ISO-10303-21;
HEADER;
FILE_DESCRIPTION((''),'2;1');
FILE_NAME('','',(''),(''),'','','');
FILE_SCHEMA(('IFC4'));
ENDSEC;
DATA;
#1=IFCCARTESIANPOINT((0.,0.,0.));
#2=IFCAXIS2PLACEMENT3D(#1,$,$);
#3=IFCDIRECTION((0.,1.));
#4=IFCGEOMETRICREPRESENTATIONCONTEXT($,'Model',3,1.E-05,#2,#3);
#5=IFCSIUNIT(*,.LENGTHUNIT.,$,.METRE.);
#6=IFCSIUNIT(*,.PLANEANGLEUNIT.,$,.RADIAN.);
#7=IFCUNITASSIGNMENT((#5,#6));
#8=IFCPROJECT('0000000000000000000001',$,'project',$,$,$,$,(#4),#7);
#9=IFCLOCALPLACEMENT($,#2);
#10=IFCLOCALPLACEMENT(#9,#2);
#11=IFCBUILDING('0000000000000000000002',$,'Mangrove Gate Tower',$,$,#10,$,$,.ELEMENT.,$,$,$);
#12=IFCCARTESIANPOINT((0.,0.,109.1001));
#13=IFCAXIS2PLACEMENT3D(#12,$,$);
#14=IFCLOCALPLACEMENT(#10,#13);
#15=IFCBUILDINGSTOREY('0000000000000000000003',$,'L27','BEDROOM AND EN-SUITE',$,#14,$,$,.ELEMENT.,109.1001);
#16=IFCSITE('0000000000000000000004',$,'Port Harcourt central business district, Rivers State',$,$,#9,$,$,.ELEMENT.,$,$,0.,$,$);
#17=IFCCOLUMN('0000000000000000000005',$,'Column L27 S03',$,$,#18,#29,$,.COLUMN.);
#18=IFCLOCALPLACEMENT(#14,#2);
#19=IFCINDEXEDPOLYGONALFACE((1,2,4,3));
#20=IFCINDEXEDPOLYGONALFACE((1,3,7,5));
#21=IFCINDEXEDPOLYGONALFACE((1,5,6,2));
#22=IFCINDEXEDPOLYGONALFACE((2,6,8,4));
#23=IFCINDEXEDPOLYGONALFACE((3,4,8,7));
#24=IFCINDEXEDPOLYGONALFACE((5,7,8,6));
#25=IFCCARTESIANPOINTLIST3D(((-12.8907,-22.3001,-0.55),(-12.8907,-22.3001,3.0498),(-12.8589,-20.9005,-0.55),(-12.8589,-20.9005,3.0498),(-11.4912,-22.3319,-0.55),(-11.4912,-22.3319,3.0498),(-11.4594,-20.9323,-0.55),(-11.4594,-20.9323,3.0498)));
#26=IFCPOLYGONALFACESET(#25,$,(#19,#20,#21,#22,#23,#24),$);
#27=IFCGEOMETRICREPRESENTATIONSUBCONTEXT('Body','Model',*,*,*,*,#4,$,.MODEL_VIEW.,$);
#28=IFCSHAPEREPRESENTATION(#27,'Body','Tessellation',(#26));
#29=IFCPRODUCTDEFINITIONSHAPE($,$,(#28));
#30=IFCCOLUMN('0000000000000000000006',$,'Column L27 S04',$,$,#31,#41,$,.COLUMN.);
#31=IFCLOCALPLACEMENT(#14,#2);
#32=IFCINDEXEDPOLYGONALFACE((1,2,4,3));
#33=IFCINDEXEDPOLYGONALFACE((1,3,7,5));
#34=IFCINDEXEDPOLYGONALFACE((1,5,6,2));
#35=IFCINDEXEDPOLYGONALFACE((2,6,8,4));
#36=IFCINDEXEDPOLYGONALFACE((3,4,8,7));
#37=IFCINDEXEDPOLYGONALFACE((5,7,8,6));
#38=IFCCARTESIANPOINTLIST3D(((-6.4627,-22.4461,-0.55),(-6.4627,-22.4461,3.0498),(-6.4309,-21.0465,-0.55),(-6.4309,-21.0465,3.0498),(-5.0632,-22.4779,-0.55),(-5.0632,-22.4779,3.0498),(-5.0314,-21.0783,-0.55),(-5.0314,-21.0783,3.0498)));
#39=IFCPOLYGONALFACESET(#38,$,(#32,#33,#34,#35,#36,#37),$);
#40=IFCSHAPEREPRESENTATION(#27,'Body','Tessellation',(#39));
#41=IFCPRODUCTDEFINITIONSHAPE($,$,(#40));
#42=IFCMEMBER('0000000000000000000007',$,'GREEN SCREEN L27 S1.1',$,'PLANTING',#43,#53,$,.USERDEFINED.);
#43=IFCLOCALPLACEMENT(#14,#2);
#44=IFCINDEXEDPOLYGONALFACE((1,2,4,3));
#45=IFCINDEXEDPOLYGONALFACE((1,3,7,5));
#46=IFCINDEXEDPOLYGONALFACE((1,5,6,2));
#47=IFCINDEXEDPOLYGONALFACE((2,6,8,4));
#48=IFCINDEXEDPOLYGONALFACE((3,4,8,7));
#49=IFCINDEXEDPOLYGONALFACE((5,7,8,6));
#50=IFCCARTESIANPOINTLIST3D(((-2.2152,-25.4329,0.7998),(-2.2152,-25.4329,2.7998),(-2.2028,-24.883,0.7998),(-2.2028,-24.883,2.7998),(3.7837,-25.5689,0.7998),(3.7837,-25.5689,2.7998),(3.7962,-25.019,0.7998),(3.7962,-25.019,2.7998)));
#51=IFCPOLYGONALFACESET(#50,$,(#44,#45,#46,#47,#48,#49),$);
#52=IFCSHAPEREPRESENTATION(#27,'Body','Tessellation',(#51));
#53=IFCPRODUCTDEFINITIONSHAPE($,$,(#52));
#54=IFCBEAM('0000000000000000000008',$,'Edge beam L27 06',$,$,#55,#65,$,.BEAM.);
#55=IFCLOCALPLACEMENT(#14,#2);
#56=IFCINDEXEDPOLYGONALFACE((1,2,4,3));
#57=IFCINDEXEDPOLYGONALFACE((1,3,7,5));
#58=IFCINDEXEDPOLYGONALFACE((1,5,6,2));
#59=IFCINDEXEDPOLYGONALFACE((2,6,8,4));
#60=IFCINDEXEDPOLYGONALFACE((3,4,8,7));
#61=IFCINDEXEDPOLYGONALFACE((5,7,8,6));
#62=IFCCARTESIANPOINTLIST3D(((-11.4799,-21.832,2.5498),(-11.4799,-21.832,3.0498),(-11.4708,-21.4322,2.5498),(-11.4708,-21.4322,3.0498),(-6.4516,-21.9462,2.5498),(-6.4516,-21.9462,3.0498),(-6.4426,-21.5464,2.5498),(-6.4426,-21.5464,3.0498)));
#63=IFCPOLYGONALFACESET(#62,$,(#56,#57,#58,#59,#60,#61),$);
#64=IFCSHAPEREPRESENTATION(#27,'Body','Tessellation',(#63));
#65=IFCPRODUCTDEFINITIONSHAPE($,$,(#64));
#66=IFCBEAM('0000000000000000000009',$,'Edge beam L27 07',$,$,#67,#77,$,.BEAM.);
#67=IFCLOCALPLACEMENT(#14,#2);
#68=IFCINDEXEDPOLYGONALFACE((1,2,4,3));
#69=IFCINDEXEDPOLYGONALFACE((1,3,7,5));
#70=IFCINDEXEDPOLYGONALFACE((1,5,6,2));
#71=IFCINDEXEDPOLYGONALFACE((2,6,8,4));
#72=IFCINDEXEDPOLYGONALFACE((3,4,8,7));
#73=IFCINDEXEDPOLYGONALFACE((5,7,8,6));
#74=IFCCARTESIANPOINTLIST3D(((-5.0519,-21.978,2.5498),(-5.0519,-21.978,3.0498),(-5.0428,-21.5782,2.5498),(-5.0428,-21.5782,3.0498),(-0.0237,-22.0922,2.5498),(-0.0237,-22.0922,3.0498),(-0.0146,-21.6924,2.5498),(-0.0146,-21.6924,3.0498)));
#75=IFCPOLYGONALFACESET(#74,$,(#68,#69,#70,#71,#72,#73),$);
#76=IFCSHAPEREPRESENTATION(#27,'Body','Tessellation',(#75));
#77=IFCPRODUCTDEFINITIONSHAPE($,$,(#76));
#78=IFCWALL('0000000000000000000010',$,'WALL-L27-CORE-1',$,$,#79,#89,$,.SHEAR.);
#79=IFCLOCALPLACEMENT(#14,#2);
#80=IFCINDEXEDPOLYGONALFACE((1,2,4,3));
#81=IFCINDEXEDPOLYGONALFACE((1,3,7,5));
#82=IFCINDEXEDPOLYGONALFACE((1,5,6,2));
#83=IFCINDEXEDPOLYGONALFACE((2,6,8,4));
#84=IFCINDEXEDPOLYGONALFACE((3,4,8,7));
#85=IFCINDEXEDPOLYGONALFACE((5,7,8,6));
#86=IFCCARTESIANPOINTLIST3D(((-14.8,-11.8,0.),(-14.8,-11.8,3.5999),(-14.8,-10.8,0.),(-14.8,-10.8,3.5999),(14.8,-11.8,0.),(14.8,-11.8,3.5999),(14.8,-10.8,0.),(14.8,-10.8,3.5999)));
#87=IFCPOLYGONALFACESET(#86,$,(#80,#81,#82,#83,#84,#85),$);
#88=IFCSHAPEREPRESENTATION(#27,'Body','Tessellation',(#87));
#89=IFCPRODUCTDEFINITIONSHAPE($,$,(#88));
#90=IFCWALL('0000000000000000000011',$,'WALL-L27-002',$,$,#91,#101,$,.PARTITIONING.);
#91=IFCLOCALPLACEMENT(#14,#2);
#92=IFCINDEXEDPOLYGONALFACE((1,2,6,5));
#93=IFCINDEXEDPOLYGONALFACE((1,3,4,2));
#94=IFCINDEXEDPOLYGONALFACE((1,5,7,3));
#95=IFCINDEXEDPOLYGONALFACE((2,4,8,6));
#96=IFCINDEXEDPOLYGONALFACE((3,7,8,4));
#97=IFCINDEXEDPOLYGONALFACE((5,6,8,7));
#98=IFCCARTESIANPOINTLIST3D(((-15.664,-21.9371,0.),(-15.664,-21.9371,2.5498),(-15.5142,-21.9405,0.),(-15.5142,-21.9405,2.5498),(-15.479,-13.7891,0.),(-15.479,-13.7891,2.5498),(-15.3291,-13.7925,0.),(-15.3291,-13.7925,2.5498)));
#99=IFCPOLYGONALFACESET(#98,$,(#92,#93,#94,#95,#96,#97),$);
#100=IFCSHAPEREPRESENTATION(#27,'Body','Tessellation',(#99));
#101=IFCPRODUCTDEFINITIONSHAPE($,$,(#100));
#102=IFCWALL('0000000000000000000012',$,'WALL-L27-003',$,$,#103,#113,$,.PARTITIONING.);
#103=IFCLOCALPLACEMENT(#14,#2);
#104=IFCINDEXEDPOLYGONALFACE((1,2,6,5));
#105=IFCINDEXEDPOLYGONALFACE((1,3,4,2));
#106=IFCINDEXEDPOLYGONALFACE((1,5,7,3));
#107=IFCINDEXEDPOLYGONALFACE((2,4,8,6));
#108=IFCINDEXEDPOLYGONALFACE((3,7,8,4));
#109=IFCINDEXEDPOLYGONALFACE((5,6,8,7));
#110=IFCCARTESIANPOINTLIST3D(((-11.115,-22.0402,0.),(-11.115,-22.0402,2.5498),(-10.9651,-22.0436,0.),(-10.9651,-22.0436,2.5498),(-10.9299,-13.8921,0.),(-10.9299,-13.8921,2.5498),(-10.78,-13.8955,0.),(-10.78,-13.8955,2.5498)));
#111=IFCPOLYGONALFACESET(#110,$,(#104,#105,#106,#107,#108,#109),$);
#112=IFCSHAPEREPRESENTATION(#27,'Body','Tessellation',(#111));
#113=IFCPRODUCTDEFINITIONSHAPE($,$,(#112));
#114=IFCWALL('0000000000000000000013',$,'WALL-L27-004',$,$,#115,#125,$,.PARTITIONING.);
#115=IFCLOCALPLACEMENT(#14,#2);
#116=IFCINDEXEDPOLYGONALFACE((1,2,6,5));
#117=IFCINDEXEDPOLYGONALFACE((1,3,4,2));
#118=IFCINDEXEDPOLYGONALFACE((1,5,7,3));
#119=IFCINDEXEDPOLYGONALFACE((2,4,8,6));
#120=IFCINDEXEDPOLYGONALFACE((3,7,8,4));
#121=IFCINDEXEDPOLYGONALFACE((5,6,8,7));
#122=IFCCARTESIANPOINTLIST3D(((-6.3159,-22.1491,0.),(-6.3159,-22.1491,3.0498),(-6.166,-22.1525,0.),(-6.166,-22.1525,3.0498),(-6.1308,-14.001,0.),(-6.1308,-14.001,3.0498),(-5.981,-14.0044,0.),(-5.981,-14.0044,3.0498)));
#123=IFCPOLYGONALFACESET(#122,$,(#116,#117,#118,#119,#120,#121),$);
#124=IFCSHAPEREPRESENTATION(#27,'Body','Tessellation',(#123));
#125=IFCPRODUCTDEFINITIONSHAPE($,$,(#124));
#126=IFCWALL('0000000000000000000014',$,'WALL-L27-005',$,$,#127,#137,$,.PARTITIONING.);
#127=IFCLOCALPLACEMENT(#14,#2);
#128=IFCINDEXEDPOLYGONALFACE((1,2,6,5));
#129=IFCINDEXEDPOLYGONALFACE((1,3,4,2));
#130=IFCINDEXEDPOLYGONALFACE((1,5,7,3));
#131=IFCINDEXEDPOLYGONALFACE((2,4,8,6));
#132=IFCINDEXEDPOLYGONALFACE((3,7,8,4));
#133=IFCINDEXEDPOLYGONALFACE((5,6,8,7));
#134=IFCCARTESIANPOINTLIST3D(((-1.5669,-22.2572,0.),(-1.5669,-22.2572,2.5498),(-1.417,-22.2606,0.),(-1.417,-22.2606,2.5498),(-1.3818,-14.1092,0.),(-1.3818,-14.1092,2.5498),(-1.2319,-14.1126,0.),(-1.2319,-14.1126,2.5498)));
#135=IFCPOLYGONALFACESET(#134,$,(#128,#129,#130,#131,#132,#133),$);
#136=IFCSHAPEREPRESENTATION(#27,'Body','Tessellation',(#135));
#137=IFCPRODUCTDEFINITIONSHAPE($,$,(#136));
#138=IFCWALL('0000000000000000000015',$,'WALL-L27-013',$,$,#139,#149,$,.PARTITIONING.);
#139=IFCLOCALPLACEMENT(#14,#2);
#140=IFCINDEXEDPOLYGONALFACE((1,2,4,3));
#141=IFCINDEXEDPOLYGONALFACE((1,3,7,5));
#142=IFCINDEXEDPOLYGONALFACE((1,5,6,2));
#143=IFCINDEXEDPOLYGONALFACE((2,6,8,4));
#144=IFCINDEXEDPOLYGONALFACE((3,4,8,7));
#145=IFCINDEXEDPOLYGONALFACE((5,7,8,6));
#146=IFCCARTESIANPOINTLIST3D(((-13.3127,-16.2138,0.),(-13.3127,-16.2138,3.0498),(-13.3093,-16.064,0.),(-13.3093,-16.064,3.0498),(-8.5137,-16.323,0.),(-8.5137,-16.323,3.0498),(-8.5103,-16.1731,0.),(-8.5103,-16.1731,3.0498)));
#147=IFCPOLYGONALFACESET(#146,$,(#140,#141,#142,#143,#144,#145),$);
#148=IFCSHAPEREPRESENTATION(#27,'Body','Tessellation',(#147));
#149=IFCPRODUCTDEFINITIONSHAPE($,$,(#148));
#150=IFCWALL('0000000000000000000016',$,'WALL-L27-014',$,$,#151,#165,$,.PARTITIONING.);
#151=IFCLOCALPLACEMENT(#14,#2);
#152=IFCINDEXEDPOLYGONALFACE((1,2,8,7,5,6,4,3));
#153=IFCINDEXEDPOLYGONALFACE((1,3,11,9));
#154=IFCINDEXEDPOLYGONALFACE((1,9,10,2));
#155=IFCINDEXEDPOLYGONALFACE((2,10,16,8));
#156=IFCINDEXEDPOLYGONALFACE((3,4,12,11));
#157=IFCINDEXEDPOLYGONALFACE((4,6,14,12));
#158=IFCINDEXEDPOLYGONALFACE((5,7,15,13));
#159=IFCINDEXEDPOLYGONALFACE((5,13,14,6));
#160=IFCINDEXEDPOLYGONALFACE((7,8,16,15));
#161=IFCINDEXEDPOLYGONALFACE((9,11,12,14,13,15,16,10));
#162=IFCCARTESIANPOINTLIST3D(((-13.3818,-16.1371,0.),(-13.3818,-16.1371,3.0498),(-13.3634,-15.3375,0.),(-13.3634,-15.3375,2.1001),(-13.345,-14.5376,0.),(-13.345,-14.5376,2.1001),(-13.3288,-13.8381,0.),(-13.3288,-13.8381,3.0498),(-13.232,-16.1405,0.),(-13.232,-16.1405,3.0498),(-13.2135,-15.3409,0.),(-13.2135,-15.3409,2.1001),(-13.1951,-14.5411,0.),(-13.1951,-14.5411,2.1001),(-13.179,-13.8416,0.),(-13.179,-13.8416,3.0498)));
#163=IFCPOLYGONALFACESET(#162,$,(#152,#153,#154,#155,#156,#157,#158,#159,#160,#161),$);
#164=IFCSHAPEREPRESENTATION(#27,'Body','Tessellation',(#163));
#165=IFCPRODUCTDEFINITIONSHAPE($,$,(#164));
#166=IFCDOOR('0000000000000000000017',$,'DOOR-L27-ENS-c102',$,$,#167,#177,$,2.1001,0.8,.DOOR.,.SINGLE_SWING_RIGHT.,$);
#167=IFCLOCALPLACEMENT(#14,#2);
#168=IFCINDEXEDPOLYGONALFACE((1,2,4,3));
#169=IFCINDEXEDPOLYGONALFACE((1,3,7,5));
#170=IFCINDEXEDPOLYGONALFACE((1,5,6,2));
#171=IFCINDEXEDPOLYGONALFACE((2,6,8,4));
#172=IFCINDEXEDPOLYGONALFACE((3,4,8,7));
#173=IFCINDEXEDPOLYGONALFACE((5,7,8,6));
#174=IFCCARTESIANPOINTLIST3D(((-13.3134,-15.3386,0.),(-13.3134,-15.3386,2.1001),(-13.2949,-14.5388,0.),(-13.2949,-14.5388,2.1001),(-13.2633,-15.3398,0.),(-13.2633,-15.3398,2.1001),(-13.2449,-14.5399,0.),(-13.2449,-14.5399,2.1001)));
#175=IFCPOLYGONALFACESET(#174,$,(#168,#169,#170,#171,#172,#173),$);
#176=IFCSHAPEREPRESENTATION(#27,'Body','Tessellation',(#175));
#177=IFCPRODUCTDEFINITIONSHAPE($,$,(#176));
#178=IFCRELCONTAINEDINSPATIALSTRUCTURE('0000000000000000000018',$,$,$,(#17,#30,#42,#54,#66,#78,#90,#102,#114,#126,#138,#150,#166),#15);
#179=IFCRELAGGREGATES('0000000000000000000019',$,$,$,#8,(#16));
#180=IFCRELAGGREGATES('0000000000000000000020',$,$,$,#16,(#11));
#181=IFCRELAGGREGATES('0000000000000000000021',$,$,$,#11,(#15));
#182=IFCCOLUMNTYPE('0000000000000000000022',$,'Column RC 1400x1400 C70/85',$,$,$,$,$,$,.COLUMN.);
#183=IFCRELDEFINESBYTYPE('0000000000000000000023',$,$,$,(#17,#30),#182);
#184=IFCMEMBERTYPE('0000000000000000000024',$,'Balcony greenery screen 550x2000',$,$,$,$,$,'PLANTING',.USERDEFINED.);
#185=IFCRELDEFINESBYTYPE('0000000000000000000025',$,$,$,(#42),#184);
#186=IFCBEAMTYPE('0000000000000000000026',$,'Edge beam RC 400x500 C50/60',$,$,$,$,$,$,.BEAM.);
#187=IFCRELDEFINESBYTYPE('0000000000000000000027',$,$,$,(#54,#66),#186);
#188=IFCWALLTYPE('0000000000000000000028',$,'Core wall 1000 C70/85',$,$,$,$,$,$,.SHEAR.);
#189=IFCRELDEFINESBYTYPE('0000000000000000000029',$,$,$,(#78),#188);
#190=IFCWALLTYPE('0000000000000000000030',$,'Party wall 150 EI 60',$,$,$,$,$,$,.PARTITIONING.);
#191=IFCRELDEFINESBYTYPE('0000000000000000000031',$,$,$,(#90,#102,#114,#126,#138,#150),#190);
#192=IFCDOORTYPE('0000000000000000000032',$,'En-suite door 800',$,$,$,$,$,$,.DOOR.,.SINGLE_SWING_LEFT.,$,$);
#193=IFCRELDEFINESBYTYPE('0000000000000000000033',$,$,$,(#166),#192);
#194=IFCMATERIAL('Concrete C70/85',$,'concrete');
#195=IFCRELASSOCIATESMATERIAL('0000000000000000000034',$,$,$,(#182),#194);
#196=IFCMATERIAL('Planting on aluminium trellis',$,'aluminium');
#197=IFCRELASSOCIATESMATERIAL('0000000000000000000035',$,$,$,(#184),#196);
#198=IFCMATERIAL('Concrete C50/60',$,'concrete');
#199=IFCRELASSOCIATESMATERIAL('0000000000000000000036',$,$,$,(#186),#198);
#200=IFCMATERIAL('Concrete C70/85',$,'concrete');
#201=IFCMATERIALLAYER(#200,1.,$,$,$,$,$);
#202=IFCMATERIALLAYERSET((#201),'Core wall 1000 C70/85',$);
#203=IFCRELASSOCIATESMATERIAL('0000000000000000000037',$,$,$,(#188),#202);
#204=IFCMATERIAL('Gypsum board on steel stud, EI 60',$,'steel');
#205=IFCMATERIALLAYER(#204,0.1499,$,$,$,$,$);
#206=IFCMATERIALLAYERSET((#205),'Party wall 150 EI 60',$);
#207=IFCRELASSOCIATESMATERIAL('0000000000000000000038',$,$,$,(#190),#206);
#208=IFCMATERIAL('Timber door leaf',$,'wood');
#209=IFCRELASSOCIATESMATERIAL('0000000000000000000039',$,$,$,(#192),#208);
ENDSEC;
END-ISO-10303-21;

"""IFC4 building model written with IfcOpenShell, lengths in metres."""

from ifc_helpers import new_model, si_unit, direction, frame, frame_2d, origin, origin_2d, place, context, subcontext, project, spatial, rectangle, extrude, material, layer, layer_set, material_profile, profile_set, type_object, element, fill, save


model = new_model("IFC4")

# Units and contexts
model_context = context("Model", 3, precision=1e-05, world=origin(), true_north=direction((0.0, 1.0)))
body_context = subcontext(model_context, "Body", "Model", "MODEL_VIEW")
ifc_project = project(units=[si_unit("LENGTHUNIT", "METRE"), si_unit("PLANEANGLEUNIT", "RADIAN")], contexts=[model_context])

# Site, building, storey
site_placement = place(None, origin())
site = spatial("IfcSite", under=ifc_project, at=site_placement, Name="Port Harcourt central business district, Rivers State", CompositionType="ELEMENT", RefElevation=0.0)
building_placement = place(site_placement, origin())
building = spatial("IfcBuilding", under=site, at=building_placement, Name="Mangrove Gate Tower", CompositionType="ELEMENT")
storey_placement = place(building_placement, frame((0.0, 0.0, 109.1001)))
storey = spatial("IfcBuildingStorey", under=building, at=storey_placement, Name="L27", Description="BEDROOM AND EN-SUITE", CompositionType="ELEMENT", Elevation=109.1001)

# Columns
ifc_material_1 = material(Name="Concrete C70/85", Category="concrete")
ifc_material_profile_1 = material_profile(ifc_material_1, rectangle(XDim=1.3999, YDim=1.3999, at=origin_2d()))
ifc_profile_set_1 = profile_set([ifc_material_profile_1], Name="Concrete C70/85")
column_type = type_object("IfcColumnType", Name="Column RC 1400x1400 C70/85", PredefinedType="COLUMN", material=ifc_profile_set_1)
for number, where, z_axis, x_axis, name in (
    (1, (-12.175, -21.6162, -0.55), (0.0, 0.0, 1.0), (0.999742, -0.022707, 0.0), "Column L27 S03"),
    (2, (-5.7471, -21.7622, -0.55), (0.0, 0.0, 1.0), (0.999742, -0.022707, 0.0), "Column L27 S04"),
):
    element("IfcColumn", number, at=place(storey_placement, frame(where, z_axis=z_axis, x_axis=x_axis)), inside=storey, type_object=column_type, Name=name, PredefinedType="COLUMN", context=body_context, shape_type="SweptSolid", body=[
        extrude(rectangle(XDim=1.3999, YDim=1.3999, at=origin_2d()), origin(), (0.0, 0.0, 1.0), 3.5999),
    ])

# Member
ifc_material_2 = material(Name="Planting on aluminium trellis", Category="aluminium")
ifc_material_profile_2 = material_profile(ifc_material_2, rectangle(XDim=0.55, YDim=2.0, at=origin_2d()))
ifc_profile_set_2 = profile_set([ifc_material_profile_2], Name="Planting on aluminium trellis")
member_type = type_object("IfcMemberType", Name="Balcony greenery screen 550x2000", ElementType="PLANTING", PredefinedType="USERDEFINED", material=ifc_profile_set_2)
member_placement = place(storey_placement, frame((-2.209, -25.158, 1.7998), z_axis=(0.999743, -0.022662, 0.0), x_axis=(0.022662, 0.999743, 0.0)))
element("IfcMember", 3, at=member_placement, inside=storey, type_object=member_type, Name="GREEN SCREEN L27 S1.1", ObjectType="PLANTING", PredefinedType="USERDEFINED", context=body_context, shape_type="SweptSolid", body=[
    extrude(rectangle(XDim=0.55, YDim=2.0, at=origin_2d()), origin(), (0.0, 0.0, 1.0), 6.0005),
])

# Beams
ifc_material_3 = material(Name="Concrete C50/60", Category="concrete")
ifc_material_profile_3 = material_profile(ifc_material_3, rectangle(XDim=0.3999, YDim=0.5, at=origin_2d()))
ifc_profile_set_3 = profile_set([ifc_material_profile_3], Name="Concrete C50/60")
beam_type = type_object("IfcBeamType", Name="Edge beam RC 400x500 C50/60", PredefinedType="BEAM", material=ifc_profile_set_3)
for number, where, z_axis, x_axis, name in (
    (4, (-11.4753, -21.6321, 2.7998), (0.999742, -0.022717, 0.0), (0.022717, 0.999742, 0.0), "Edge beam L27 06"),
    (5, (-5.0474, -21.7781, 2.7998), (0.999742, -0.022717, 0.0), (0.022717, 0.999742, 0.0), "Edge beam L27 07"),
):
    element("IfcBeam", number, at=place(storey_placement, frame(where, z_axis=z_axis, x_axis=x_axis)), inside=storey, type_object=beam_type, Name=name, PredefinedType="BEAM", context=body_context, shape_type="SweptSolid", body=[
        extrude(rectangle(XDim=0.3999, YDim=0.5, at=origin_2d()), origin(), (0.0, 0.0, 1.0), 5.0295),
    ])

# Walls
ifc_material_4 = material(Name="Concrete C70/85", Category="concrete")
ifc_layer_1 = layer(ifc_material_4, 1.0)
ifc_layer_set_1 = layer_set([ifc_layer_1], Name="Core wall 1000 C70/85")
wall_type_1 = type_object("IfcWallType", Name="Core wall 1000 C70/85", PredefinedType="SHEAR", material=ifc_layer_set_1)
wall_1_placement = place(storey_placement, frame((-14.8, -11.3, 0.0), z_axis=(0.0, 0.0, 1.0), x_axis=(1.0, 0.0, 0.0)))
element("IfcWall", 6, at=wall_1_placement, inside=storey, type_object=wall_type_1, Name="WALL-L27-CORE-1", PredefinedType="SHEAR", context=body_context, shape_type="SweptSolid", body=[
    extrude(rectangle(XDim=29.6001, YDim=1.0, at=frame_2d((14.8, 0.0))), origin(), (0.0, 0.0, 1.0), 3.5999),
])
ifc_material_5 = material(Name="Gypsum board on steel stud, EI 60", Category="steel")
ifc_layer_2 = layer(ifc_material_5, 0.1499)
ifc_layer_set_2 = layer_set([ifc_layer_2], Name="Party wall 150 EI 60")
wall_type_2 = type_object("IfcWallType", Name="Party wall 150 EI 60", PredefinedType="PARTITIONING", material=ifc_layer_set_2)
for number, where, z_axis, x_axis, name in (
    (7, (-15.5891, -21.939, 0.0), (0.0, 0.0, 1.0), (0.022706, 0.999742, 0.0), "WALL-L27-002"),
    (8, (-11.04, -22.042, 0.0), (0.0, 0.0, 1.0), (0.022706, 0.999742, 0.0), "WALL-L27-003"),
):
    element("IfcWall", number, at=place(storey_placement, frame(where, z_axis=z_axis, x_axis=x_axis)), inside=storey, type_object=wall_type_2, Name=name, PredefinedType="PARTITIONING", context=body_context, shape_type="SweptSolid", body=[
        extrude(rectangle(XDim=8.1501, YDim=0.1499, at=frame_2d((4.0752, 0.0))), origin(), (0.0, 0.0, 1.0), 2.5498),
    ])
wall_2_placement = place(storey_placement, frame((-6.241, -22.1509, 0.0), z_axis=(0.0, 0.0, 1.0), x_axis=(0.022706, 0.999742, 0.0)))
element("IfcWall", 9, at=wall_2_placement, inside=storey, type_object=wall_type_2, Name="WALL-L27-004", PredefinedType="PARTITIONING", context=body_context, shape_type="SweptSolid", body=[
    extrude(rectangle(XDim=8.1501, YDim=0.1499, at=frame_2d((4.0752, 0.0))), origin(), (0.0, 0.0, 1.0), 3.0498),
])
wall_3_placement = place(storey_placement, frame((-1.4919, -22.259, 0.0), z_axis=(0.0, 0.0, 1.0), x_axis=(0.022706, 0.999742, 0.0)))
element("IfcWall", 10, at=wall_3_placement, inside=storey, type_object=wall_type_2, Name="WALL-L27-005", PredefinedType="PARTITIONING", context=body_context, shape_type="SweptSolid", body=[
    extrude(rectangle(XDim=8.1501, YDim=0.1499, at=frame_2d((4.0752, 0.0))), origin(), (0.0, 0.0, 1.0), 2.5498),
])
wall_4_placement = place(storey_placement, frame((-13.311, -16.1389, 0.0), z_axis=(0.0, 0.0, 1.0), x_axis=(0.999742, -0.022734, 0.0)))
element("IfcWall", 11, at=wall_4_placement, inside=storey, type_object=wall_type_2, Name="WALL-L27-013", PredefinedType="PARTITIONING", context=body_context, shape_type="SweptSolid", body=[
    extrude(rectangle(XDim=4.8003, YDim=0.1499, at=frame_2d((2.4001, 0.0))), origin(), (0.0, 0.0, 1.0), 3.0498),
])

# Wall, opening, door
wall_5_placement = place(storey_placement, frame((-13.3069, -16.1389, 0.0), z_axis=(0.0, 0.0, 1.0), x_axis=(0.02304, 0.999735, 0.0)))
wall_5 = element("IfcWall", 12, at=wall_5_placement, inside=storey, type_object=wall_type_2, Name="WALL-L27-014", PredefinedType="PARTITIONING", context=body_context, shape_type="SweptSolid", body=[
    extrude(rectangle(XDim=2.2996, YDim=0.1499, at=frame_2d((1.1499, 0.0))), origin(), (0.0, 0.0, 1.0), 3.0498),
])
opening_1_placement = place(wall_5_placement, frame((0.8, 0.0, 0.0)))
opening_1 = element("IfcOpeningElement", 13, at=opening_1_placement, cuts=wall_5, PredefinedType="OPENING", context=body_context, shape_type="SweptSolid", body=[
    extrude(rectangle(XDim=0.8, YDim=2.1001, at=frame_2d((0.3999, 1.05))), frame((0.0, 0.085, 0.0), z_axis=(0.0, -1.0, 0.0), x_axis=(1.0, 0.0, 0.0)), (0.0, 0.0, 1.0), 0.1699),
])
ifc_material_6 = material(Name="Timber door leaf", Category="wood")
door_type = type_object("IfcDoorType", Name="En-suite door 800", OperationType="SINGLE_SWING_LEFT", PredefinedType="DOOR", material=ifc_material_6)
door_1_placement = place(opening_1_placement, origin())
door_1 = element("IfcDoor", 14, at=door_1_placement, inside=storey, type_object=door_type, Name="DOOR-L27-ENS-c102", OperationType="SINGLE_SWING_RIGHT", OverallHeight=2.1001, OverallWidth=0.8, PredefinedType="DOOR", context=body_context, shape_type="SweptSolid", body=[
    extrude(rectangle(XDim=0.8, YDim=2.1001, at=frame_2d((0.3999, 1.05))), frame((0.0, 0.0249, 0.0), z_axis=(0.0, -1.0, 0.0), x_axis=(1.0, 0.0, 0.0)), (0.0, 0.0, 1.0), 0.05),
])
fill(opening_1, door_1)

save(model, "model.ifc")
